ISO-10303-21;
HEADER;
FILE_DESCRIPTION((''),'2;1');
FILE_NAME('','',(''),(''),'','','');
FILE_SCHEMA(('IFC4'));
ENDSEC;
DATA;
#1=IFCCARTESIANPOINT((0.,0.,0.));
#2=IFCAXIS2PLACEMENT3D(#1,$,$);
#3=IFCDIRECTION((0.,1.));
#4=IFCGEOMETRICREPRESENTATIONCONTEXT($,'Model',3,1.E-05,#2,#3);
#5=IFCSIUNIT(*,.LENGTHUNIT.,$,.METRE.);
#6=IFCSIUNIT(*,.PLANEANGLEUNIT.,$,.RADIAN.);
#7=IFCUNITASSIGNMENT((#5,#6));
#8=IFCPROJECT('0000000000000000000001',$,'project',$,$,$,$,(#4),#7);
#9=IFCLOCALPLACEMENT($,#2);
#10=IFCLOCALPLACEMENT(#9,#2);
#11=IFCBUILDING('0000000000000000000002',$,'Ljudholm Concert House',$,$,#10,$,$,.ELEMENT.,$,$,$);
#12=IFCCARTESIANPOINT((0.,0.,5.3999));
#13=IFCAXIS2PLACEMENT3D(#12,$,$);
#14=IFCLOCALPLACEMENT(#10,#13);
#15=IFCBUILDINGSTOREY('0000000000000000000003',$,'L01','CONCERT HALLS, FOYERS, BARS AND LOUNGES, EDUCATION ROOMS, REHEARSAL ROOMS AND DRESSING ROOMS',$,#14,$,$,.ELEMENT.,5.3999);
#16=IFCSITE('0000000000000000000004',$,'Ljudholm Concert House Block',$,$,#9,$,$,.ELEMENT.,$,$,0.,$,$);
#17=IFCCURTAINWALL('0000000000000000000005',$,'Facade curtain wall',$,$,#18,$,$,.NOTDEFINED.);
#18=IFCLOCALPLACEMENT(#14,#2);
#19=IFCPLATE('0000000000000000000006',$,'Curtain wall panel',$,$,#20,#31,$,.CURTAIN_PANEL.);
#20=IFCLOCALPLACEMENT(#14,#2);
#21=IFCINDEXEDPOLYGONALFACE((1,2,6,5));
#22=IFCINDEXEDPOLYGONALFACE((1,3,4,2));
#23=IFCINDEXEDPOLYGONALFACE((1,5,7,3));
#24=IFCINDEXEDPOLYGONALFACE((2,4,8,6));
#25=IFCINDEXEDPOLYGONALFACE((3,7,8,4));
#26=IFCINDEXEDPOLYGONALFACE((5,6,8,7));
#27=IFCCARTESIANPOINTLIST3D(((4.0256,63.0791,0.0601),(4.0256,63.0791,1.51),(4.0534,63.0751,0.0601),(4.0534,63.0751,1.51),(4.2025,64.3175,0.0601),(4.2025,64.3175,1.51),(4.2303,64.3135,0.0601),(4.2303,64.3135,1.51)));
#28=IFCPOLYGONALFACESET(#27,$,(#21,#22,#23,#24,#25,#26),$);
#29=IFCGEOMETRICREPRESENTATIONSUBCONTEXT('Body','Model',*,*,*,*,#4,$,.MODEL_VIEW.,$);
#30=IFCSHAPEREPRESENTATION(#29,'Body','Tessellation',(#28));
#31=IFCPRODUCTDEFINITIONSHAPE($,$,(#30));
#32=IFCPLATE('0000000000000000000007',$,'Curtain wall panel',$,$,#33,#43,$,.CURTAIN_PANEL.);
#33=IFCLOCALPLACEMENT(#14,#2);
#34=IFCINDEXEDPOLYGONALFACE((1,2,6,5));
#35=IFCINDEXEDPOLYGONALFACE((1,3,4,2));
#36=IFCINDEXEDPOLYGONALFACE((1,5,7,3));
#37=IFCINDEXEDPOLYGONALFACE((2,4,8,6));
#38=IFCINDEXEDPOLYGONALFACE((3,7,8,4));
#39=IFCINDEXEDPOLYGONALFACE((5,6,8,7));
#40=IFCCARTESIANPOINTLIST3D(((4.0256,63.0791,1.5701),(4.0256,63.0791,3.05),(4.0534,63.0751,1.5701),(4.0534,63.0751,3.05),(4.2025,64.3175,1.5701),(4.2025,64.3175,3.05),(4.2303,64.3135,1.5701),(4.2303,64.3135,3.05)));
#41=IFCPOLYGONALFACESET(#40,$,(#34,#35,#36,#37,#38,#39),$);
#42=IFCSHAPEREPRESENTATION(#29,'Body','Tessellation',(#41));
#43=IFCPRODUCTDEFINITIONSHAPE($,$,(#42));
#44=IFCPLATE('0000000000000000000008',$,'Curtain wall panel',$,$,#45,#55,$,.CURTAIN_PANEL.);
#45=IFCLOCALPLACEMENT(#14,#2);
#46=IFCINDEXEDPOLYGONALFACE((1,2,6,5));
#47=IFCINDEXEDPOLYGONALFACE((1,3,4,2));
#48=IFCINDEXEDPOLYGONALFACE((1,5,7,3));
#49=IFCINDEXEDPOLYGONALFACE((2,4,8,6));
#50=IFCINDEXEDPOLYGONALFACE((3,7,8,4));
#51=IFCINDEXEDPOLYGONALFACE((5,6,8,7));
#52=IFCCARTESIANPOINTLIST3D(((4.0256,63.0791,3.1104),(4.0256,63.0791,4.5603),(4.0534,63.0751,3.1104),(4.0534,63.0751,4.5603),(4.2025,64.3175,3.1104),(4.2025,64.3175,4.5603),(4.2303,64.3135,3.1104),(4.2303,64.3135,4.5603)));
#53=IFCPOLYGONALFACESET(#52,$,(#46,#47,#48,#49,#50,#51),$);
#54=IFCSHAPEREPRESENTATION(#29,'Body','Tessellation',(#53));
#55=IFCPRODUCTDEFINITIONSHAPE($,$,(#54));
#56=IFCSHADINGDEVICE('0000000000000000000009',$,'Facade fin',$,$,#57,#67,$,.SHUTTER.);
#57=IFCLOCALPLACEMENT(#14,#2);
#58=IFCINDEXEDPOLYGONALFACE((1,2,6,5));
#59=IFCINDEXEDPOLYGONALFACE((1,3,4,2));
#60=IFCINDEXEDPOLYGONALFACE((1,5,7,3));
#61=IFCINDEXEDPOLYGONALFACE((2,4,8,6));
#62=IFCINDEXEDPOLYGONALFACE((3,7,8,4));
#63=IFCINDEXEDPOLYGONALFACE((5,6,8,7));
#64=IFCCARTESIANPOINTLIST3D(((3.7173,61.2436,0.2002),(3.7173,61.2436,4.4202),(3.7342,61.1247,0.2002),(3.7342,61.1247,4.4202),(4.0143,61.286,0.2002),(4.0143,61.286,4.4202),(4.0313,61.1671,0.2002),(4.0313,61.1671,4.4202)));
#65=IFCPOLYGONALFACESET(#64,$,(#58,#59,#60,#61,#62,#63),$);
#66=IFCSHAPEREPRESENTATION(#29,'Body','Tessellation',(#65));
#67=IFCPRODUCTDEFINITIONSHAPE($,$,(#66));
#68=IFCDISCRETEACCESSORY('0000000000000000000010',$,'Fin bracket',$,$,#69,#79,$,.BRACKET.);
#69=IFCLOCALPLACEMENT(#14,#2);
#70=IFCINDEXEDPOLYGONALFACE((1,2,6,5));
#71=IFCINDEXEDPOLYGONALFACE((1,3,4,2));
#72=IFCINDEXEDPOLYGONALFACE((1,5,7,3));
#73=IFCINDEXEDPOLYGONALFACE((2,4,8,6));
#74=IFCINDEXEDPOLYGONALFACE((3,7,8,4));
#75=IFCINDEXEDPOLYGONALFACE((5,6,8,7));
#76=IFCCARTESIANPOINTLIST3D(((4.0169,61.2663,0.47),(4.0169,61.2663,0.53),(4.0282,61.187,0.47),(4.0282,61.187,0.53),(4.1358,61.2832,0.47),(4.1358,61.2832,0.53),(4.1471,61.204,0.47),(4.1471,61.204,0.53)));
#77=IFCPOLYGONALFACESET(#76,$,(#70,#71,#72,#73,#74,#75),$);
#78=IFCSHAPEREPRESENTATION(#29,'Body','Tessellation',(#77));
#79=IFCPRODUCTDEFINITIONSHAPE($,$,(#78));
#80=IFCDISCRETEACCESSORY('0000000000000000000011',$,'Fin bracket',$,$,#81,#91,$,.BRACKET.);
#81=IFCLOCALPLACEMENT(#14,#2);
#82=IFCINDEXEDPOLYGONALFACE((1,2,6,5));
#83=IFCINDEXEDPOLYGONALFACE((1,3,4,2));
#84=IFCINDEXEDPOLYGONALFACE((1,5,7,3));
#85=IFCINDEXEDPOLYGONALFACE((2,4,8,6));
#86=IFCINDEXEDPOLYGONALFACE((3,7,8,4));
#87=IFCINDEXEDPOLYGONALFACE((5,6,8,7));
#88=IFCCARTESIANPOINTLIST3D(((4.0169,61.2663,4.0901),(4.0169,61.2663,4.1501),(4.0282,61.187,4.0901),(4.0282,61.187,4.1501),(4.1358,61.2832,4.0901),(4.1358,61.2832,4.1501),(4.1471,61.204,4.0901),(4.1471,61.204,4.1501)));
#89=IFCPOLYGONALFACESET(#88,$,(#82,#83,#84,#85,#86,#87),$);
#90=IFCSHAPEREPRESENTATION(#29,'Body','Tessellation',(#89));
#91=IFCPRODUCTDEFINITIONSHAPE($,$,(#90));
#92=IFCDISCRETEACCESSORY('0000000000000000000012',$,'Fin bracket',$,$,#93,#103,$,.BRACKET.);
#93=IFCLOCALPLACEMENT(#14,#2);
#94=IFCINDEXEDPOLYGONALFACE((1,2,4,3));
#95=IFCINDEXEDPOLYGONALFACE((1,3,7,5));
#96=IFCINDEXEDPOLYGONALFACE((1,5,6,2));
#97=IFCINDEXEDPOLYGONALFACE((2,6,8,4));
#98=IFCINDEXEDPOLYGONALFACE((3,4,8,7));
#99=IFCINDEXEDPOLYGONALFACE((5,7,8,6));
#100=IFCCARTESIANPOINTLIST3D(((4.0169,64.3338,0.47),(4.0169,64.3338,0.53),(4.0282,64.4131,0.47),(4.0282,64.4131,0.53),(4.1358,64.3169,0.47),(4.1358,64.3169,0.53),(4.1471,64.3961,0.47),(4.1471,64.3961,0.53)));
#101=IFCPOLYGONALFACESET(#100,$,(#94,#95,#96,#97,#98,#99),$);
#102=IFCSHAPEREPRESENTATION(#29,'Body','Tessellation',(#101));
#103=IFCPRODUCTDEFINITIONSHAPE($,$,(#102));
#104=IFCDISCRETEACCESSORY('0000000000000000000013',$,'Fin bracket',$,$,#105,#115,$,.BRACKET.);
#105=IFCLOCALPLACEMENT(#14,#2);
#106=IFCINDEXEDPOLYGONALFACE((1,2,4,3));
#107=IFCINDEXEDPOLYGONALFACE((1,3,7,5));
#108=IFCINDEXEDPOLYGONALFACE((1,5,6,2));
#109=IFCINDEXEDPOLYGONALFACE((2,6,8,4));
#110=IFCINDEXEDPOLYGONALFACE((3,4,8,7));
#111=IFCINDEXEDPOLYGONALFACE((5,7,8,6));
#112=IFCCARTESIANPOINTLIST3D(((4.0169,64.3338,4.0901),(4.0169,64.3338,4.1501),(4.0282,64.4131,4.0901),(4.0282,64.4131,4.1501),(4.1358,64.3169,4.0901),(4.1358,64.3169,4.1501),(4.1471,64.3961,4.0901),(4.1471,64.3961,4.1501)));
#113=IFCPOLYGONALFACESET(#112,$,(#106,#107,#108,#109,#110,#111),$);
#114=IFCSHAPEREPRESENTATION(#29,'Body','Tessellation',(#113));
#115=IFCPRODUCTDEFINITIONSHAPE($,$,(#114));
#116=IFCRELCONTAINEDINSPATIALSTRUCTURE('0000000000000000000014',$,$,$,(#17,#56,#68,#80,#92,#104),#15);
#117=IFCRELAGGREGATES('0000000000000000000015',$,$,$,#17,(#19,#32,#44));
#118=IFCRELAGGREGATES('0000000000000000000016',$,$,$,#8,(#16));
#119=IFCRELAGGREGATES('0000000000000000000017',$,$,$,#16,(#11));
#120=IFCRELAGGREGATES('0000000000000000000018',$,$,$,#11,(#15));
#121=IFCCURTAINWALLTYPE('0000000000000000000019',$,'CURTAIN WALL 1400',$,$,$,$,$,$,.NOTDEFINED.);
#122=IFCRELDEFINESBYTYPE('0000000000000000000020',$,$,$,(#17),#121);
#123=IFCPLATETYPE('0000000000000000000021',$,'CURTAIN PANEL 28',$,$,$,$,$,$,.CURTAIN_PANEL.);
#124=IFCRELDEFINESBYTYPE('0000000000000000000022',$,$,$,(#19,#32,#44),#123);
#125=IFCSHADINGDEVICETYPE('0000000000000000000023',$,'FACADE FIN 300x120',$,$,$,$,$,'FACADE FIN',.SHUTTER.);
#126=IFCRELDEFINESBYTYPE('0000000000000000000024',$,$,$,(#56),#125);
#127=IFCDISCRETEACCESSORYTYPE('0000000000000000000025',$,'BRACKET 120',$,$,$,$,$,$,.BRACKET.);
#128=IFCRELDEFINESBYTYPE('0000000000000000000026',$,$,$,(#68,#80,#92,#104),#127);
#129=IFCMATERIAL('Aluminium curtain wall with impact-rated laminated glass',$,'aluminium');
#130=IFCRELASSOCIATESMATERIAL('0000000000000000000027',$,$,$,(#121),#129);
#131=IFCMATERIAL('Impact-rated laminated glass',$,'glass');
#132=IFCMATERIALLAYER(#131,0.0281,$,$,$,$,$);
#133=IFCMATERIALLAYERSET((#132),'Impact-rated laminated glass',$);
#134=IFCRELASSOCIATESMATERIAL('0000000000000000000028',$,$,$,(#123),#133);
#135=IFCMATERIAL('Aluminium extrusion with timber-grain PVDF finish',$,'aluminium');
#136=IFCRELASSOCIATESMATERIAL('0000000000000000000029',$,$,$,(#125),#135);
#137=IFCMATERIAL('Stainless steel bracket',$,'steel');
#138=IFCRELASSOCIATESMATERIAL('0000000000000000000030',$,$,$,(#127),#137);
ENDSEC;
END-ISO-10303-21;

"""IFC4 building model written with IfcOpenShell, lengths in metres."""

from ifc_helpers import new_model, si_unit, direction, frame, origin, origin_2d, place, context, subcontext, project, spatial, rectangle, extrude, material, layer, layer_set, type_object, element, aggregate, save


model = new_model("IFC4")

# Units and contexts
model_context = context("Model", 3, precision=1e-05, world=origin(), true_north=direction((0.0, 1.0)))
body_context = subcontext(model_context, "Body", "Model", "MODEL_VIEW")
ifc_project = project(units=[si_unit("LENGTHUNIT", "METRE"), si_unit("PLANEANGLEUNIT", "RADIAN")], contexts=[model_context])

# Site, building, storey
site_placement = place(None, origin())
site = spatial("IfcSite", under=ifc_project, at=site_placement, Name="Ljudholm Concert House Block", CompositionType="ELEMENT", RefElevation=0.0)
building_placement = place(site_placement, origin())
building = spatial("IfcBuilding", under=site, at=building_placement, Name="Ljudholm Concert House", CompositionType="ELEMENT")
storey_placement = place(building_placement, frame((0.0, 0.0, 5.3999)))
storey = spatial("IfcBuildingStorey", under=building, at=storey_placement, Name="L01", Description="CONCERT HALLS, FOYERS, BARS AND LOUNGES, EDUCATION ROOMS, REHEARSAL ROOMS AND DRESSING ROOMS", CompositionType="ELEMENT", Elevation=5.3999)

# Curtain wall
ifc_material_1 = material(Name="Aluminium curtain wall with impact-rated laminated glass", Category="aluminium")
curtain_wall_type = type_object("IfcCurtainWallType", Name="CURTAIN WALL 1400", PredefinedType="NOTDEFINED", material=ifc_material_1)
curtain_wall_1_placement = place(storey_placement, origin())
curtain_wall_1 = element("IfcCurtainWall", 1, at=curtain_wall_1_placement, inside=storey, type_object=curtain_wall_type, Name="Facade curtain wall", PredefinedType="NOTDEFINED")

# Plates
ifc_material_2 = material(Name="Impact-rated laminated glass", Category="glass")
ifc_layer = layer(ifc_material_2, 0.0281)
ifc_layer_set = layer_set([ifc_layer], Name="Impact-rated laminated glass")
plate_type = type_object("IfcPlateType", Name="CURTAIN PANEL 28", PredefinedType="CURTAIN_PANEL", material=ifc_layer_set)
plate_1_placement = place(storey_placement, frame((4.1279, 63.6963, 0.0601), z_axis=(0.0, 0.0, 1.0), x_axis=(0.141421, 0.989949, 0.0)))
plate_1 = element("IfcPlate", 2, at=plate_1_placement, type_object=plate_type, Name="Curtain wall panel", PredefinedType="CURTAIN_PANEL", context=body_context, shape_type="SweptSolid", body=[
    extrude(rectangle(XDim=1.251, YDim=0.0281, at=origin_2d()), origin(), (0.0, 0.0, 1.0), 1.45),
])
plate_2_placement = place(storey_placement, frame((4.1279, 63.6963, 1.5701), z_axis=(0.0, 0.0, 1.0), x_axis=(0.141421, 0.989949, 0.0)))
plate_2 = element("IfcPlate", 3, at=plate_2_placement, type_object=plate_type, Name="Curtain wall panel", PredefinedType="CURTAIN_PANEL", context=body_context, shape_type="SweptSolid", body=[
    extrude(rectangle(XDim=1.251, YDim=0.0281, at=origin_2d()), origin(), (0.0, 0.0, 1.0), 1.48),
])
plate_3_placement = place(storey_placement, frame((4.1279, 63.6963, 3.1104), z_axis=(0.0, 0.0, 1.0), x_axis=(0.141421, 0.989949, 0.0)))
plate_3 = element("IfcPlate", 4, at=plate_3_placement, type_object=plate_type, Name="Curtain wall panel", PredefinedType="CURTAIN_PANEL", context=body_context, shape_type="SweptSolid", body=[
    extrude(rectangle(XDim=1.251, YDim=0.0281, at=origin_2d()), origin(), (0.0, 0.0, 1.0), 1.45),
])
aggregate(curtain_wall_1, [plate_1, plate_2, plate_3])

# Shading device
ifc_material_3 = material(Name="Aluminium extrusion with timber-grain PVDF finish", Category="aluminium")
shading_device_type = type_object("IfcShadingDeviceType", Name="FACADE FIN 300x120", ElementType="FACADE FIN", PredefinedType="SHUTTER", material=ifc_material_3)
shading_device_placement = place(storey_placement, frame((3.8743, 61.2053, 0.2002), z_axis=(0.0, 0.0, 1.0), x_axis=(-0.989949, -0.141421, 0.0)))
element("IfcShadingDevice", 5, at=shading_device_placement, inside=storey, type_object=shading_device_type, Name="Facade fin", PredefinedType="SHUTTER", context=body_context, shape_type="SweptSolid", body=[
    extrude(rectangle(XDim=0.3, YDim=0.1201, at=origin_2d()), origin(), (0.0, 0.0, 1.0), 4.22),
])

# Discrete accessories
ifc_material_4 = material(Name="Stainless steel bracket", Category="steel")
discrete_accessory_type = type_object("IfcDiscreteAccessoryType", Name="BRACKET 120", PredefinedType="BRACKET", material=ifc_material_4)
for number, where, z_axis, x_axis, name in (
    (6, (4.082, 61.2351, 0.47), (0.0, 0.0, 1.0), (-0.989949, -0.141421, 0.0), "Fin bracket"),
    (7, (4.082, 61.2351, 4.0901), (0.0, 0.0, 1.0), (-0.989949, -0.141421, 0.0), "Fin bracket"),
    (8, (4.082, 64.365, 0.47), (0.0, 0.0, 1.0), (-0.989949, 0.141421, 0.0), "Fin bracket"),
    (9, (4.082, 64.365, 4.0901), (0.0, 0.0, 1.0), (-0.989949, 0.141421, 0.0), "Fin bracket"),
):
    element("IfcDiscreteAccessory", number, at=place(storey_placement, frame(where, z_axis=z_axis, x_axis=x_axis)), inside=storey, type_object=discrete_accessory_type, Name=name, PredefinedType="BRACKET", context=body_context, shape_type="SweptSolid", body=[
        extrude(rectangle(XDim=0.1201, YDim=0.0801, at=origin_2d()), origin(), (0.0, 0.0, 1.0), 0.0601),
    ])

save(model, "model.ifc")
